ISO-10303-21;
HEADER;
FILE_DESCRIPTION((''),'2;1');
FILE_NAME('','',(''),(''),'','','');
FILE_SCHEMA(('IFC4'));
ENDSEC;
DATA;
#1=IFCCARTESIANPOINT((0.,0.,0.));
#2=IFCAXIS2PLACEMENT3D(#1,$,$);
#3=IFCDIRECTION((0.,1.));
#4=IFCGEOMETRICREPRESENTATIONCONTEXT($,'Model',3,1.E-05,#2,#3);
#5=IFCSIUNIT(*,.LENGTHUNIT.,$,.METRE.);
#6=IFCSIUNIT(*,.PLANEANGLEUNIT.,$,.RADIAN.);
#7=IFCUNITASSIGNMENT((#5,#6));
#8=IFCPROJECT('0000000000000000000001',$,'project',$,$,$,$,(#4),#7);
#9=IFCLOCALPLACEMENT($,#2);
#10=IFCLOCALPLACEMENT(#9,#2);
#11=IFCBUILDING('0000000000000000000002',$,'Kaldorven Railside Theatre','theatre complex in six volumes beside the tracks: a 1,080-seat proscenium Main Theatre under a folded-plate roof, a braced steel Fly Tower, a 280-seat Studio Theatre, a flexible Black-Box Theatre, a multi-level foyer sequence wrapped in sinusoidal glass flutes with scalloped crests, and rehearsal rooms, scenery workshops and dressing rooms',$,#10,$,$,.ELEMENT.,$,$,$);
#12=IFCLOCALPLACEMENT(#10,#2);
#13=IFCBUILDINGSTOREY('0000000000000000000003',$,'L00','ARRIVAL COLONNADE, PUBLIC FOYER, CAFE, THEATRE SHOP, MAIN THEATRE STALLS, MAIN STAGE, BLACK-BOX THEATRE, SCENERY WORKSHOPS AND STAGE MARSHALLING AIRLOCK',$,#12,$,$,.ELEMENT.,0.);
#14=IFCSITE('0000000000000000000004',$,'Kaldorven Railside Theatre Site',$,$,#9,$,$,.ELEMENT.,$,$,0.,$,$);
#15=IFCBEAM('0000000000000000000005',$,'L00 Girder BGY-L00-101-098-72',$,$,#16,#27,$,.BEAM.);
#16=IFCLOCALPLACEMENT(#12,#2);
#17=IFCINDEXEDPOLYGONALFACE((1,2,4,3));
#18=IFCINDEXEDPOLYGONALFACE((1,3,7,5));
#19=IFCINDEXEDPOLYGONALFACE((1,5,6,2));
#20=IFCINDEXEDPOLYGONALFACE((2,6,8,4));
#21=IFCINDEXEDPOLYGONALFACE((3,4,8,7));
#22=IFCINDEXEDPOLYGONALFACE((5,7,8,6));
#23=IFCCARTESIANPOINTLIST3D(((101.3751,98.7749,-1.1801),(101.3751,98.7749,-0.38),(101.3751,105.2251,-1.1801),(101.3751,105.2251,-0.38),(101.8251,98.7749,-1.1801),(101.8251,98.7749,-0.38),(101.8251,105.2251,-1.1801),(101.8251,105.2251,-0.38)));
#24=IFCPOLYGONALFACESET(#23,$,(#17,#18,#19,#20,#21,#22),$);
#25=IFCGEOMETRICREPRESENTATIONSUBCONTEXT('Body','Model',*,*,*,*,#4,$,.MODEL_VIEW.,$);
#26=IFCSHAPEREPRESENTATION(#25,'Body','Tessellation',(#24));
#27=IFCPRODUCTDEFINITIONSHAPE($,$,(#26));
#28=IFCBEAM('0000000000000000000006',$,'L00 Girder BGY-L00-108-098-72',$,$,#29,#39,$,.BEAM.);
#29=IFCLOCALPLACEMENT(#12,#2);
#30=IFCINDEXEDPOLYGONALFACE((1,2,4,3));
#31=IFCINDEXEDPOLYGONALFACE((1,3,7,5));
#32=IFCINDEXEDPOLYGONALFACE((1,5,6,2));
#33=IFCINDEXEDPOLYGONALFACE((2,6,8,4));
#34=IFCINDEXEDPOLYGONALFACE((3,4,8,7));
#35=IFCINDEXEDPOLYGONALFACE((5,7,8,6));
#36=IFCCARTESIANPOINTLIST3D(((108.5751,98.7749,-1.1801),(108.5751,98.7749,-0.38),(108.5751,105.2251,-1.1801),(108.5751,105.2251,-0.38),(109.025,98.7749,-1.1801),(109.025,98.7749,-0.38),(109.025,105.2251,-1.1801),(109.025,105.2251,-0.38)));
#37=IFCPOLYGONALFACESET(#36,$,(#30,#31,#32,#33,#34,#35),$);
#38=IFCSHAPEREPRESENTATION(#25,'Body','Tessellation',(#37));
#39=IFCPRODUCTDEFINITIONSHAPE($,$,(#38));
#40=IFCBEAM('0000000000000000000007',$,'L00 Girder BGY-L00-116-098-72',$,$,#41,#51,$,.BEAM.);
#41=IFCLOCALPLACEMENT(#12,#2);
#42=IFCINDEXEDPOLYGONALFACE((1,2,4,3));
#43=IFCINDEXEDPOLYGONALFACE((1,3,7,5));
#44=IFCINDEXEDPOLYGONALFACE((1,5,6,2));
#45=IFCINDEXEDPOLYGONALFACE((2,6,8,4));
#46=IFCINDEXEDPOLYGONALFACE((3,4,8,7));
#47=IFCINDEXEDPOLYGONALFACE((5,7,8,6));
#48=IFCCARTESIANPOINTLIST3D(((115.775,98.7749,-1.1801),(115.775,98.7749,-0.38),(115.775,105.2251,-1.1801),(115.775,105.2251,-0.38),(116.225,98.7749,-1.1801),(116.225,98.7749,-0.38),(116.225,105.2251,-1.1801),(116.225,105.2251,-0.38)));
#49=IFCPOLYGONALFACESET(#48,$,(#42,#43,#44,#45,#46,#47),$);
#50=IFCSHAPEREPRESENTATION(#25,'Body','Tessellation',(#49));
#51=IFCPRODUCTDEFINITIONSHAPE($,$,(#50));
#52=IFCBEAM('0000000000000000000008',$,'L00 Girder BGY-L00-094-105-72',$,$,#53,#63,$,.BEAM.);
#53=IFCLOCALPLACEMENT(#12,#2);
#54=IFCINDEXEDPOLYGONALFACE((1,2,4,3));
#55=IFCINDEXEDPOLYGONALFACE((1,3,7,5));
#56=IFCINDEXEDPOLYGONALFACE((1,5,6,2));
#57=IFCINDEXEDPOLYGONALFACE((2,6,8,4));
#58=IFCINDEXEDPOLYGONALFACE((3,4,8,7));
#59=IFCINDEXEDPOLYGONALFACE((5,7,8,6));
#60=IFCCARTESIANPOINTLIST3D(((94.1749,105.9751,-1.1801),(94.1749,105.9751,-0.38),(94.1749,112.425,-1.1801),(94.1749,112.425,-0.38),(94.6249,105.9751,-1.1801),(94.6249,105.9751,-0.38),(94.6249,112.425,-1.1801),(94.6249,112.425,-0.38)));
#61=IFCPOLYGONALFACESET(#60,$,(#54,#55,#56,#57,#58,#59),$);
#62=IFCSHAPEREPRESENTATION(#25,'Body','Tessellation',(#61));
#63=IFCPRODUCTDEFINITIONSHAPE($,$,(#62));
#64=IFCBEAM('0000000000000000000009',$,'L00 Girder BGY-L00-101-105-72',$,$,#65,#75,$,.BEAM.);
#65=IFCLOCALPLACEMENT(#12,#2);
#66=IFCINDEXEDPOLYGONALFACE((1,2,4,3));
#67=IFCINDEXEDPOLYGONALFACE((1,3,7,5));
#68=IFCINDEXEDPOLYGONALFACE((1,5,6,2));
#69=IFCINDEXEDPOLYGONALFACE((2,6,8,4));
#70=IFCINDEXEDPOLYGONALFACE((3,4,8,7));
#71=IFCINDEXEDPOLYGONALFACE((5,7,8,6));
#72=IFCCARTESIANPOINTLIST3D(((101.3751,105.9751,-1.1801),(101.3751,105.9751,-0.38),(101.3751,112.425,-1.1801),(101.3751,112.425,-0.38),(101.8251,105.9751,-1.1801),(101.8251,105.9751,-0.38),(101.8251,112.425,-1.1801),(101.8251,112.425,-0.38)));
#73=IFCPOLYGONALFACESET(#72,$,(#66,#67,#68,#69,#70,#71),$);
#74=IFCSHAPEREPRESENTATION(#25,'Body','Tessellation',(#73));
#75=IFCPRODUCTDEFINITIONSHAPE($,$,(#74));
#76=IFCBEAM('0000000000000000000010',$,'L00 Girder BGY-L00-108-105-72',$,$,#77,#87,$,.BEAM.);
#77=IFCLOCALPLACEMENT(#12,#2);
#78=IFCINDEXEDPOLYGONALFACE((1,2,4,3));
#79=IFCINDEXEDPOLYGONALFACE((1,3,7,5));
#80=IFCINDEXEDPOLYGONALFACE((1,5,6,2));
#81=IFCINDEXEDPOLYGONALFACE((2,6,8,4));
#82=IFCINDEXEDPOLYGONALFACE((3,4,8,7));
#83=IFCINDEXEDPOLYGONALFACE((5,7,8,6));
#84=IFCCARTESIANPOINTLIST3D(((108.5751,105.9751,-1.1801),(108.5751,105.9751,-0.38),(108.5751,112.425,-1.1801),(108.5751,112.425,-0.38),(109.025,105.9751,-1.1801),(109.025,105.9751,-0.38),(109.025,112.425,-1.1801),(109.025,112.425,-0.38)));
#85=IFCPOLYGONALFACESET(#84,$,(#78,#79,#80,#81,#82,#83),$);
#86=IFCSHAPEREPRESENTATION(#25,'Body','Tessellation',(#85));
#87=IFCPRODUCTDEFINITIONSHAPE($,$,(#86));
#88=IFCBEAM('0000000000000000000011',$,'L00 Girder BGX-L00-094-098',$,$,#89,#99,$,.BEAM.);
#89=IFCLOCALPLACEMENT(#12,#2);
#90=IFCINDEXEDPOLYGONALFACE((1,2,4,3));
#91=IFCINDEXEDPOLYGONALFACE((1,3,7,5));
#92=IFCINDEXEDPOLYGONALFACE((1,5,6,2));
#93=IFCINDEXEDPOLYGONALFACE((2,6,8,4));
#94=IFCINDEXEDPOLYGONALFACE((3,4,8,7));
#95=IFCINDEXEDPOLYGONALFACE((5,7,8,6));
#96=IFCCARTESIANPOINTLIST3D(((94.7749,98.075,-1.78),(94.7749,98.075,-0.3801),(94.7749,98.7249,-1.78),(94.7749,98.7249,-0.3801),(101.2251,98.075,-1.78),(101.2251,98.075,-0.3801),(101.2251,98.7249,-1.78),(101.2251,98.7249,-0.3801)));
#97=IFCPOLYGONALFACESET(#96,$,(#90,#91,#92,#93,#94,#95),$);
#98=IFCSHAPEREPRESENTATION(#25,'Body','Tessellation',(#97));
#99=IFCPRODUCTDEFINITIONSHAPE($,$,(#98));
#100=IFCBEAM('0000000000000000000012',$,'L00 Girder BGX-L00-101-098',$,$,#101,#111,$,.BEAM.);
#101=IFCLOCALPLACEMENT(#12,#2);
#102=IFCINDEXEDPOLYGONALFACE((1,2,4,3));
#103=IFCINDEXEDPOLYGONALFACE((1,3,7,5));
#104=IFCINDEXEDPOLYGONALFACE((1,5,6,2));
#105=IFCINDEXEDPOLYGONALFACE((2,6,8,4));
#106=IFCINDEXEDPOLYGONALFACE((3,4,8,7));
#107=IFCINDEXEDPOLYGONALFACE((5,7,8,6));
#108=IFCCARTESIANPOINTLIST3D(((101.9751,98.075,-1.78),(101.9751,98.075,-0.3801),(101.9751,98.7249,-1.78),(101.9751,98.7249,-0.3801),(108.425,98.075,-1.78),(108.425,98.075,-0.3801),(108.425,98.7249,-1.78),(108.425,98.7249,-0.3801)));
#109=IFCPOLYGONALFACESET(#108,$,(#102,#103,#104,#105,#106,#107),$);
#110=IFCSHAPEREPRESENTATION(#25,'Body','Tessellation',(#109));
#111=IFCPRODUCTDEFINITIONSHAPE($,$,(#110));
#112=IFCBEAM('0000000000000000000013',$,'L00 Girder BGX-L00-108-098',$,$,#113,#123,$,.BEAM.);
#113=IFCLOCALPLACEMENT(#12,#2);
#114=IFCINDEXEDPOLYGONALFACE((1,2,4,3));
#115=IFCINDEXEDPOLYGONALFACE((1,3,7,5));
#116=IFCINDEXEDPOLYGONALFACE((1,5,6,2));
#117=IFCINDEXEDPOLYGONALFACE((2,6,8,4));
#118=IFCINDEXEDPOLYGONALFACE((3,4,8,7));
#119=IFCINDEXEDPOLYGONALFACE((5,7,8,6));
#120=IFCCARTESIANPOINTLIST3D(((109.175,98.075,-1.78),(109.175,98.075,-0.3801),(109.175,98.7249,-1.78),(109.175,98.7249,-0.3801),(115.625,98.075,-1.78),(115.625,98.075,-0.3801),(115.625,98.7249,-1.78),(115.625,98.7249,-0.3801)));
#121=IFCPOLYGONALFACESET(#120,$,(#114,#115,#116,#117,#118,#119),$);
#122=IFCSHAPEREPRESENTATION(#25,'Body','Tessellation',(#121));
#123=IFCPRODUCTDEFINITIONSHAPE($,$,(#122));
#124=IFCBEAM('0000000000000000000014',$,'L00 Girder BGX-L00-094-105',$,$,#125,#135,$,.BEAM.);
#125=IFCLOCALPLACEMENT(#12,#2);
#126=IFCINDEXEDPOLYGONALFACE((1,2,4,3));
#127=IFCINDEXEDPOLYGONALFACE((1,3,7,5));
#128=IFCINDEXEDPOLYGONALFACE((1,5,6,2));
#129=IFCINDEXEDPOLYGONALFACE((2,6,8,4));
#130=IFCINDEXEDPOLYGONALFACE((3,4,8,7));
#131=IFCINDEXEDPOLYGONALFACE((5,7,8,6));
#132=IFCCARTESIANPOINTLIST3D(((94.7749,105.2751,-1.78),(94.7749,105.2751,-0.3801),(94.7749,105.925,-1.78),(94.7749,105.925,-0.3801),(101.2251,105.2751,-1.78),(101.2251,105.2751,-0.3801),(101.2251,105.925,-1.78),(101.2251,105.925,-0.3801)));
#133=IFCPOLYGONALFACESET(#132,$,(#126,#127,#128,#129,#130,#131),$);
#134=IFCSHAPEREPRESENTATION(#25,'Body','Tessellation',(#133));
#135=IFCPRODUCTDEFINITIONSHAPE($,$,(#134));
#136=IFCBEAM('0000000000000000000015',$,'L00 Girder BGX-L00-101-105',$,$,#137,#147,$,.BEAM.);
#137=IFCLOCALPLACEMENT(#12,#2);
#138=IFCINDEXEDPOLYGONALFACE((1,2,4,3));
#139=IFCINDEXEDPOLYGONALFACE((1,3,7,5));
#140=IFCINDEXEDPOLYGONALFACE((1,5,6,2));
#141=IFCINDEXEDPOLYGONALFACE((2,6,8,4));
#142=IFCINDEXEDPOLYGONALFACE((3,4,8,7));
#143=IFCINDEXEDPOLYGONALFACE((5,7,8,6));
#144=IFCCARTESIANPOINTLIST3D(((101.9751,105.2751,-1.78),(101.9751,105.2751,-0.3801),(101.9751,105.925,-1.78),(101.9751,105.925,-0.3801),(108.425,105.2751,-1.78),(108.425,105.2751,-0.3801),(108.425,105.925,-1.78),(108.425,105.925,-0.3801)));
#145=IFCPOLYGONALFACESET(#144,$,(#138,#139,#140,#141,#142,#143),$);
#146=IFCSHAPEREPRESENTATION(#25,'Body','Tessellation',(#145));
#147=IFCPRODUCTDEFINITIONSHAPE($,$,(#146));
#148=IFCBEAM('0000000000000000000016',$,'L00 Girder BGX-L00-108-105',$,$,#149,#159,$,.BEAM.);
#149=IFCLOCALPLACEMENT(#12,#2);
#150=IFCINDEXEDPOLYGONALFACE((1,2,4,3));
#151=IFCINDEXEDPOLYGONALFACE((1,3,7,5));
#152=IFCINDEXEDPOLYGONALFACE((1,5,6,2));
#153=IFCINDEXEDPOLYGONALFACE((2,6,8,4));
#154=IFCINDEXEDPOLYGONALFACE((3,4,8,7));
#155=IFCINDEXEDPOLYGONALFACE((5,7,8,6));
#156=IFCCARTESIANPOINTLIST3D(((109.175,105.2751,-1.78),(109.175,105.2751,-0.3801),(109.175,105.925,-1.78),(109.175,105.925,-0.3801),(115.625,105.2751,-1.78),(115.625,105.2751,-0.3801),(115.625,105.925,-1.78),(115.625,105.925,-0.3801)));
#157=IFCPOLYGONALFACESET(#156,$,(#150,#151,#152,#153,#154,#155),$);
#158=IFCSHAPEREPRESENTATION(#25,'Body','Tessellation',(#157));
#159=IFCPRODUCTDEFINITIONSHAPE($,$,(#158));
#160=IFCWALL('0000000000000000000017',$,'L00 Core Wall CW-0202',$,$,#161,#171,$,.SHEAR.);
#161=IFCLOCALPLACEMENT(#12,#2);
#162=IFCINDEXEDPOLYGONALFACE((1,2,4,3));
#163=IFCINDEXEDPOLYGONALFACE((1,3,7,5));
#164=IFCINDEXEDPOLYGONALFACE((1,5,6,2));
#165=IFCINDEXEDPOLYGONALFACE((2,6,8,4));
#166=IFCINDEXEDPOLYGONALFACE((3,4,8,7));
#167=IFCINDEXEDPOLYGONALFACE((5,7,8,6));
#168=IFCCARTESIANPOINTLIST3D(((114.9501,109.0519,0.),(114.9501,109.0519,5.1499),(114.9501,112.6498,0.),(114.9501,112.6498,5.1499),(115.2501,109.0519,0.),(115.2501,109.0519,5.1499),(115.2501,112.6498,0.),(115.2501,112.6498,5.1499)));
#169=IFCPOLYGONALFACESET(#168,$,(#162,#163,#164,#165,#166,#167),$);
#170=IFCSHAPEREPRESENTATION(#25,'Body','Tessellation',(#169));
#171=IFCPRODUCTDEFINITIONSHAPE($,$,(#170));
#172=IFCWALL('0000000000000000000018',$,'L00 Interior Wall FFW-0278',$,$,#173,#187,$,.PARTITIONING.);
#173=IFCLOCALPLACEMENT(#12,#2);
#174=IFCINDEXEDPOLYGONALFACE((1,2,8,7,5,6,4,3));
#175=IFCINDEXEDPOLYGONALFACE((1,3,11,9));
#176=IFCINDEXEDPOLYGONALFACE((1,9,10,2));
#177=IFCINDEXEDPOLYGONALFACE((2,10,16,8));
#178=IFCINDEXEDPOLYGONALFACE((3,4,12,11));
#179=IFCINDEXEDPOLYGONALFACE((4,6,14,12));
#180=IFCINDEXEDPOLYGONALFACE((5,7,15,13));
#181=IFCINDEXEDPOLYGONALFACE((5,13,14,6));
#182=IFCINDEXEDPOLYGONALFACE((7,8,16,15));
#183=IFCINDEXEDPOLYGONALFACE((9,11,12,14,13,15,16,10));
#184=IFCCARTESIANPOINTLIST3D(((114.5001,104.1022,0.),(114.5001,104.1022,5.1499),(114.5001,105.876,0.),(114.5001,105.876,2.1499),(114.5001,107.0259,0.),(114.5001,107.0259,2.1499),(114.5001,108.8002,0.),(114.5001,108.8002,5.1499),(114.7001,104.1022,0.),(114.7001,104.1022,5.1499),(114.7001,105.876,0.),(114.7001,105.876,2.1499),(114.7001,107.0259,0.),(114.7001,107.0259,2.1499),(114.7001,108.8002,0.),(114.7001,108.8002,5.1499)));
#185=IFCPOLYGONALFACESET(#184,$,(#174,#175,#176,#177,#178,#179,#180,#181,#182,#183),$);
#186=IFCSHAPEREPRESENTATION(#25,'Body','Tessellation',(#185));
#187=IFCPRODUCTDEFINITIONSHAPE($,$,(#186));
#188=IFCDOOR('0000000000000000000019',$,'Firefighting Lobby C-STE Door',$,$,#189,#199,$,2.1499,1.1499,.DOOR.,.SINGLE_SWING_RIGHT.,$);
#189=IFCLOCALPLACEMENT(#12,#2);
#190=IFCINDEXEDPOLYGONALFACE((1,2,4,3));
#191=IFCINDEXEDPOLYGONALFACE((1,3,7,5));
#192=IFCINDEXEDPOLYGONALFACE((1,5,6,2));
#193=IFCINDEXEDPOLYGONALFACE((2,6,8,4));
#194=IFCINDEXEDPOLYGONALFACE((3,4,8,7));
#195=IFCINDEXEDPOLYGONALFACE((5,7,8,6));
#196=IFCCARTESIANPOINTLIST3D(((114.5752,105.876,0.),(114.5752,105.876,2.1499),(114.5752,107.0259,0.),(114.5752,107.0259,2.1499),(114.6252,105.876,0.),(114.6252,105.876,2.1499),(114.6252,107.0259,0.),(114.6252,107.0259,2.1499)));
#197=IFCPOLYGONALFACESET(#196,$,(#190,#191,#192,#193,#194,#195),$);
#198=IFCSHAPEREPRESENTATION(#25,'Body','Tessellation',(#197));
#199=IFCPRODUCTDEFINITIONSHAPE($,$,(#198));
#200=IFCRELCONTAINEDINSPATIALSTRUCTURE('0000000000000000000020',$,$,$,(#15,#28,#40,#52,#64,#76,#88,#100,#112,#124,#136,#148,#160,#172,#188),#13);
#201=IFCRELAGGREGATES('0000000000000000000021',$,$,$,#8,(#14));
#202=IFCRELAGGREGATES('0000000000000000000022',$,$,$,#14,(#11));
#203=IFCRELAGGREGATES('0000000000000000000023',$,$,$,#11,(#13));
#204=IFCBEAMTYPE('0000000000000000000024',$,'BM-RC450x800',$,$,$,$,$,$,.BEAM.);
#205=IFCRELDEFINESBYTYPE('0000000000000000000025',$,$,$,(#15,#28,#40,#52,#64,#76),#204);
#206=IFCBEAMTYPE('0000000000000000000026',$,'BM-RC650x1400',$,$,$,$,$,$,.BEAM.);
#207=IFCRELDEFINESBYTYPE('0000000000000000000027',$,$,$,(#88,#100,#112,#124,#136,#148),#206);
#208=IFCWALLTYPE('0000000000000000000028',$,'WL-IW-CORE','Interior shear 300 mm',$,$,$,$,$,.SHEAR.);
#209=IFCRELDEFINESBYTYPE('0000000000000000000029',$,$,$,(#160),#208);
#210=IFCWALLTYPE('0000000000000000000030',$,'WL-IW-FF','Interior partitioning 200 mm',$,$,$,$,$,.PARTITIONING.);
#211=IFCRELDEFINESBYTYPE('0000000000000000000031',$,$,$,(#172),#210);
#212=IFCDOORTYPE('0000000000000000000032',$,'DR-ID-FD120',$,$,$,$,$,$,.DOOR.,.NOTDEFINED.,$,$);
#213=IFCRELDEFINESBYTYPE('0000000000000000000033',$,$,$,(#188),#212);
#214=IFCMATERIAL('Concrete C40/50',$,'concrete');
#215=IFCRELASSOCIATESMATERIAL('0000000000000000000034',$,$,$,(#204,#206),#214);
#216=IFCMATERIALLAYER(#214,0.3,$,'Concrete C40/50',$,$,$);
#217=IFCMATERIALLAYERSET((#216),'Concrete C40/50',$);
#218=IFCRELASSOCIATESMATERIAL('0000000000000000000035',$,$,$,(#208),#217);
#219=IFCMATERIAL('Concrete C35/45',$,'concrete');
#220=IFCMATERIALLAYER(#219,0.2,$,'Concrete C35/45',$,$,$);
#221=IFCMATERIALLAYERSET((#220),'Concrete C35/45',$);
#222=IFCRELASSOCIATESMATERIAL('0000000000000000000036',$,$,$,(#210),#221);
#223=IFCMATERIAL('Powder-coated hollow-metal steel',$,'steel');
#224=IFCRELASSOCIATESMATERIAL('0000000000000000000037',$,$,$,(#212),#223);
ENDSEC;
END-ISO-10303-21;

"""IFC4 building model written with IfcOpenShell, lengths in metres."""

from ifc_helpers import new_model, si_unit, direction, frame, frame_2d, origin, origin_2d, place, context, subcontext, project, spatial, rectangle, extrude, material, layer, layer_set, material_profile, profile_set, type_object, element, fill, save


model = new_model("IFC4")

# Units and contexts
model_context = context("Model", 3, precision=1e-05, world=origin(), true_north=direction((0.0, 1.0)))
body_context = subcontext(model_context, "Body", "Model", "MODEL_VIEW")
ifc_project = project(units=[si_unit("LENGTHUNIT", "METRE"), si_unit("PLANEANGLEUNIT", "RADIAN")], contexts=[model_context])

# Site, building, storey
site_placement = place(None, origin())
site = spatial("IfcSite", under=ifc_project, at=site_placement, Name="Kaldorven Railside Theatre Site", CompositionType="ELEMENT", RefElevation=0.0)
building_placement = place(site_placement, origin())
building = spatial("IfcBuilding", under=site, at=building_placement, Name="Kaldorven Railside Theatre", Description="theatre complex in six volumes beside the tracks: a 1,080-seat proscenium Main Theatre under a folded-plate roof, a braced steel Fly Tower, a 280-seat Studio Theatre, a flexible Black-Box Theatre, a multi-level foyer sequence wrapped in sinusoidal glass flutes with scalloped crests, and rehearsal rooms, scenery workshops and dressing rooms", CompositionType="ELEMENT")
storey_placement = place(building_placement, origin())
storey = spatial("IfcBuildingStorey", under=building, at=storey_placement, Name="L00", Description="ARRIVAL COLONNADE, PUBLIC FOYER, CAFE, THEATRE SHOP, MAIN THEATRE STALLS, MAIN STAGE, BLACK-BOX THEATRE, SCENERY WORKSHOPS AND STAGE MARSHALLING AIRLOCK", CompositionType="ELEMENT", Elevation=0.0)

# Beams
ifc_material_1 = material(Name="Concrete C40/50", Category="concrete")
ifc_material_profile_1 = material_profile(ifc_material_1, rectangle(XDim=0.45, YDim=0.8, at=origin_2d()), Name="RC 450x800")
ifc_profile_set_1 = profile_set([ifc_material_profile_1], Name="Concrete C40/50")
beam_type_1 = type_object("IfcBeamType", Name="BM-RC450x800", PredefinedType="BEAM", material=ifc_profile_set_1)
for number, where, z_axis, x_axis, name in (
    (1, (101.6001, 98.7749, -0.78), (0.0, 1.0, 0.0), (-1.0, 0.0, 0.0), "L00 Girder BGY-L00-101-098-72"),
    (2, (108.8, 98.7749, -0.78), (0.0, 1.0, 0.0), (-1.0, 0.0, 0.0), "L00 Girder BGY-L00-108-098-72"),
    (3, (116.0, 98.7749, -0.78), (0.0, 1.0, 0.0), (-1.0, 0.0, 0.0), "L00 Girder BGY-L00-116-098-72"),
):
    element("IfcBeam", number, at=place(storey_placement, frame(where, z_axis=z_axis, x_axis=x_axis)), inside=storey, type_object=beam_type_1, Name=name, PredefinedType="BEAM", context=body_context, shape_type="SweptSolid", body=[
        extrude(rectangle(XDim=0.45, YDim=0.8, at=origin_2d()), origin(), (0.0, 0.0, 1.0), 6.4502),
    ])
for number, where, z_axis, x_axis, name in (
    (4, (94.3999, 105.9751, -0.78), (0.0, 1.0, 0.0), (-1.0, 0.0, 0.0), "L00 Girder BGY-L00-094-105-72"),
    (5, (101.6001, 105.9751, -0.78), (0.0, 1.0, 0.0), (-1.0, 0.0, 0.0), "L00 Girder BGY-L00-101-105-72"),
    (6, (108.8, 105.9751, -0.78), (0.0, 1.0, 0.0), (-1.0, 0.0, 0.0), "L00 Girder BGY-L00-108-105-72"),
):
    element("IfcBeam", number, at=place(storey_placement, frame(where, z_axis=z_axis, x_axis=x_axis)), inside=storey, type_object=beam_type_1, Name=name, PredefinedType="BEAM", context=body_context, shape_type="SweptSolid", body=[
        extrude(rectangle(XDim=0.45, YDim=0.8, at=origin_2d()), origin(), (0.0, 0.0, 1.0), 6.45),
    ])
ifc_material_profile_2 = material_profile(ifc_material_1, rectangle(XDim=0.6499, YDim=1.3999, at=origin_2d()), Name="RC 650x1400")
ifc_profile_set_2 = profile_set([ifc_material_profile_2], Name="Concrete C40/50")
beam_type_2 = type_object("IfcBeamType", Name="BM-RC650x1400", PredefinedType="BEAM", material=ifc_profile_set_2)
beam_1_placement = place(storey_placement, frame((94.7749, 98.3999, -1.0801), z_axis=(1.0, 0.0, 0.0), x_axis=(0.0, 1.0, 0.0)))
element("IfcBeam", 7, at=beam_1_placement, inside=storey, type_object=beam_type_2, Name="L00 Girder BGX-L00-094-098", PredefinedType="BEAM", context=body_context, shape_type="SweptSolid", body=[
    extrude(rectangle(XDim=0.6499, YDim=1.3999, at=origin_2d()), origin(), (0.0, 0.0, 1.0), 6.4502),
])
for number, where, z_axis, x_axis, name in (
    (8, (101.9751, 98.3999, -1.0801), (1.0, 0.0, 0.0), (0.0, 1.0, 0.0), "L00 Girder BGX-L00-101-098"),
    (9, (109.175, 98.3999, -1.0801), (1.0, 0.0, 0.0), (0.0, 1.0, 0.0), "L00 Girder BGX-L00-108-098"),
):
    element("IfcBeam", number, at=place(storey_placement, frame(where, z_axis=z_axis, x_axis=x_axis)), inside=storey, type_object=beam_type_2, Name=name, PredefinedType="BEAM", context=body_context, shape_type="SweptSolid", body=[
        extrude(rectangle(XDim=0.6499, YDim=1.3999, at=origin_2d()), origin(), (0.0, 0.0, 1.0), 6.45),
    ])
beam_2_placement = place(storey_placement, frame((94.7749, 105.6001, -1.0801), z_axis=(1.0, 0.0, 0.0), x_axis=(0.0, 1.0, 0.0)))
element("IfcBeam", 10, at=beam_2_placement, inside=storey, type_object=beam_type_2, Name="L00 Girder BGX-L00-094-105", PredefinedType="BEAM", context=body_context, shape_type="SweptSolid", body=[
    extrude(rectangle(XDim=0.6499, YDim=1.3999, at=origin_2d()), origin(), (0.0, 0.0, 1.0), 6.4502),
])
for number, where, z_axis, x_axis, name in (
    (11, (101.9751, 105.6001, -1.0801), (1.0, 0.0, 0.0), (0.0, 1.0, 0.0), "L00 Girder BGX-L00-101-105"),
    (12, (109.175, 105.6001, -1.0801), (1.0, 0.0, 0.0), (0.0, 1.0, 0.0), "L00 Girder BGX-L00-108-105"),
):
    element("IfcBeam", number, at=place(storey_placement, frame(where, z_axis=z_axis, x_axis=x_axis)), inside=storey, type_object=beam_type_2, Name=name, PredefinedType="BEAM", context=body_context, shape_type="SweptSolid", body=[
        extrude(rectangle(XDim=0.6499, YDim=1.3999, at=origin_2d()), origin(), (0.0, 0.0, 1.0), 6.45),
    ])

# Wall
ifc_layer_1 = layer(ifc_material_1, 0.3, Name="Concrete C40/50")
ifc_layer_set_1 = layer_set([ifc_layer_1], Name="Concrete C40/50")
wall_type_1 = type_object("IfcWallType", Name="WL-IW-CORE", Description="Interior shear 300 mm", PredefinedType="SHEAR", material=ifc_layer_set_1)
wall_1_placement = place(storey_placement, frame((115.1001, 109.052, 0.0), z_axis=(0.0, 0.0, 1.0), x_axis=(0.0, 1.0, 0.0)))
element("IfcWall", 13, at=wall_1_placement, inside=storey, type_object=wall_type_1, Name="L00 Core Wall CW-0202", PredefinedType="SHEAR", context=body_context, shape_type="SweptSolid", body=[
    extrude(rectangle(XDim=3.5979, YDim=0.3, at=frame_2d((1.7988, 0.0))), origin(), (0.0, 0.0, 1.0), 5.1499),
])

# Wall, opening, door
ifc_material_2 = material(Name="Concrete C35/45", Category="concrete")
ifc_layer_2 = layer(ifc_material_2, 0.2, Name="Concrete C35/45")
ifc_layer_set_2 = layer_set([ifc_layer_2], Name="Concrete C35/45")
wall_type_2 = type_object("IfcWallType", Name="WL-IW-FF", Description="Interior partitioning 200 mm", PredefinedType="PARTITIONING", material=ifc_layer_set_2)
wall_2_placement = place(storey_placement, frame((114.6001, 104.1021, 0.0), z_axis=(0.0, 0.0, 1.0), x_axis=(0.0, 1.0, 0.0)))
wall_2 = element("IfcWall", 14, at=wall_2_placement, inside=storey, type_object=wall_type_2, Name="L00 Interior Wall FFW-0278", PredefinedType="PARTITIONING", context=body_context, shape_type="SweptSolid", body=[
    extrude(rectangle(XDim=4.698, YDim=0.2, at=frame_2d((2.3491, 0.0))), origin(), (0.0, 0.0, 1.0), 5.1499),
])
opening_placement = place(wall_2_placement, frame((1.7739, 0.0, 0.0)))
opening = element("IfcOpeningElement", 15, at=opening_placement, cuts=wall_2, PredefinedType="OPENING", context=body_context, shape_type="SweptSolid", body=[
    extrude(rectangle(XDim=1.1499, YDim=2.1499, at=frame_2d((0.575, 1.075))), frame((0.0, 0.1099, 0.0), z_axis=(0.0, -1.0, 0.0), x_axis=(1.0, 0.0, 0.0)), (0.0, 0.0, 1.0), 0.22),
])
ifc_material_3 = material(Name="Powder-coated hollow-metal steel", Category="steel")
door_type = type_object("IfcDoorType", Name="DR-ID-FD120", OperationType="NOTDEFINED", PredefinedType="DOOR", material=ifc_material_3)
door_placement = place(opening_placement, origin())
door = element("IfcDoor", 16, at=door_placement, inside=storey, type_object=door_type, Name="Firefighting Lobby C-STE Door", OperationType="SINGLE_SWING_RIGHT", OverallHeight=2.1499, OverallWidth=1.1499, PredefinedType="DOOR", context=body_context, shape_type="SweptSolid", body=[
    extrude(rectangle(XDim=1.1499, YDim=2.1499, at=frame_2d((0.575, 1.075))), frame((0.0, 0.0249, 0.0), z_axis=(0.0, -1.0, 0.0), x_axis=(1.0, 0.0, 0.0)), (0.0, 0.0, 1.0), 0.05),
])
fill(opening, door)

save(model, "model.ifc")
